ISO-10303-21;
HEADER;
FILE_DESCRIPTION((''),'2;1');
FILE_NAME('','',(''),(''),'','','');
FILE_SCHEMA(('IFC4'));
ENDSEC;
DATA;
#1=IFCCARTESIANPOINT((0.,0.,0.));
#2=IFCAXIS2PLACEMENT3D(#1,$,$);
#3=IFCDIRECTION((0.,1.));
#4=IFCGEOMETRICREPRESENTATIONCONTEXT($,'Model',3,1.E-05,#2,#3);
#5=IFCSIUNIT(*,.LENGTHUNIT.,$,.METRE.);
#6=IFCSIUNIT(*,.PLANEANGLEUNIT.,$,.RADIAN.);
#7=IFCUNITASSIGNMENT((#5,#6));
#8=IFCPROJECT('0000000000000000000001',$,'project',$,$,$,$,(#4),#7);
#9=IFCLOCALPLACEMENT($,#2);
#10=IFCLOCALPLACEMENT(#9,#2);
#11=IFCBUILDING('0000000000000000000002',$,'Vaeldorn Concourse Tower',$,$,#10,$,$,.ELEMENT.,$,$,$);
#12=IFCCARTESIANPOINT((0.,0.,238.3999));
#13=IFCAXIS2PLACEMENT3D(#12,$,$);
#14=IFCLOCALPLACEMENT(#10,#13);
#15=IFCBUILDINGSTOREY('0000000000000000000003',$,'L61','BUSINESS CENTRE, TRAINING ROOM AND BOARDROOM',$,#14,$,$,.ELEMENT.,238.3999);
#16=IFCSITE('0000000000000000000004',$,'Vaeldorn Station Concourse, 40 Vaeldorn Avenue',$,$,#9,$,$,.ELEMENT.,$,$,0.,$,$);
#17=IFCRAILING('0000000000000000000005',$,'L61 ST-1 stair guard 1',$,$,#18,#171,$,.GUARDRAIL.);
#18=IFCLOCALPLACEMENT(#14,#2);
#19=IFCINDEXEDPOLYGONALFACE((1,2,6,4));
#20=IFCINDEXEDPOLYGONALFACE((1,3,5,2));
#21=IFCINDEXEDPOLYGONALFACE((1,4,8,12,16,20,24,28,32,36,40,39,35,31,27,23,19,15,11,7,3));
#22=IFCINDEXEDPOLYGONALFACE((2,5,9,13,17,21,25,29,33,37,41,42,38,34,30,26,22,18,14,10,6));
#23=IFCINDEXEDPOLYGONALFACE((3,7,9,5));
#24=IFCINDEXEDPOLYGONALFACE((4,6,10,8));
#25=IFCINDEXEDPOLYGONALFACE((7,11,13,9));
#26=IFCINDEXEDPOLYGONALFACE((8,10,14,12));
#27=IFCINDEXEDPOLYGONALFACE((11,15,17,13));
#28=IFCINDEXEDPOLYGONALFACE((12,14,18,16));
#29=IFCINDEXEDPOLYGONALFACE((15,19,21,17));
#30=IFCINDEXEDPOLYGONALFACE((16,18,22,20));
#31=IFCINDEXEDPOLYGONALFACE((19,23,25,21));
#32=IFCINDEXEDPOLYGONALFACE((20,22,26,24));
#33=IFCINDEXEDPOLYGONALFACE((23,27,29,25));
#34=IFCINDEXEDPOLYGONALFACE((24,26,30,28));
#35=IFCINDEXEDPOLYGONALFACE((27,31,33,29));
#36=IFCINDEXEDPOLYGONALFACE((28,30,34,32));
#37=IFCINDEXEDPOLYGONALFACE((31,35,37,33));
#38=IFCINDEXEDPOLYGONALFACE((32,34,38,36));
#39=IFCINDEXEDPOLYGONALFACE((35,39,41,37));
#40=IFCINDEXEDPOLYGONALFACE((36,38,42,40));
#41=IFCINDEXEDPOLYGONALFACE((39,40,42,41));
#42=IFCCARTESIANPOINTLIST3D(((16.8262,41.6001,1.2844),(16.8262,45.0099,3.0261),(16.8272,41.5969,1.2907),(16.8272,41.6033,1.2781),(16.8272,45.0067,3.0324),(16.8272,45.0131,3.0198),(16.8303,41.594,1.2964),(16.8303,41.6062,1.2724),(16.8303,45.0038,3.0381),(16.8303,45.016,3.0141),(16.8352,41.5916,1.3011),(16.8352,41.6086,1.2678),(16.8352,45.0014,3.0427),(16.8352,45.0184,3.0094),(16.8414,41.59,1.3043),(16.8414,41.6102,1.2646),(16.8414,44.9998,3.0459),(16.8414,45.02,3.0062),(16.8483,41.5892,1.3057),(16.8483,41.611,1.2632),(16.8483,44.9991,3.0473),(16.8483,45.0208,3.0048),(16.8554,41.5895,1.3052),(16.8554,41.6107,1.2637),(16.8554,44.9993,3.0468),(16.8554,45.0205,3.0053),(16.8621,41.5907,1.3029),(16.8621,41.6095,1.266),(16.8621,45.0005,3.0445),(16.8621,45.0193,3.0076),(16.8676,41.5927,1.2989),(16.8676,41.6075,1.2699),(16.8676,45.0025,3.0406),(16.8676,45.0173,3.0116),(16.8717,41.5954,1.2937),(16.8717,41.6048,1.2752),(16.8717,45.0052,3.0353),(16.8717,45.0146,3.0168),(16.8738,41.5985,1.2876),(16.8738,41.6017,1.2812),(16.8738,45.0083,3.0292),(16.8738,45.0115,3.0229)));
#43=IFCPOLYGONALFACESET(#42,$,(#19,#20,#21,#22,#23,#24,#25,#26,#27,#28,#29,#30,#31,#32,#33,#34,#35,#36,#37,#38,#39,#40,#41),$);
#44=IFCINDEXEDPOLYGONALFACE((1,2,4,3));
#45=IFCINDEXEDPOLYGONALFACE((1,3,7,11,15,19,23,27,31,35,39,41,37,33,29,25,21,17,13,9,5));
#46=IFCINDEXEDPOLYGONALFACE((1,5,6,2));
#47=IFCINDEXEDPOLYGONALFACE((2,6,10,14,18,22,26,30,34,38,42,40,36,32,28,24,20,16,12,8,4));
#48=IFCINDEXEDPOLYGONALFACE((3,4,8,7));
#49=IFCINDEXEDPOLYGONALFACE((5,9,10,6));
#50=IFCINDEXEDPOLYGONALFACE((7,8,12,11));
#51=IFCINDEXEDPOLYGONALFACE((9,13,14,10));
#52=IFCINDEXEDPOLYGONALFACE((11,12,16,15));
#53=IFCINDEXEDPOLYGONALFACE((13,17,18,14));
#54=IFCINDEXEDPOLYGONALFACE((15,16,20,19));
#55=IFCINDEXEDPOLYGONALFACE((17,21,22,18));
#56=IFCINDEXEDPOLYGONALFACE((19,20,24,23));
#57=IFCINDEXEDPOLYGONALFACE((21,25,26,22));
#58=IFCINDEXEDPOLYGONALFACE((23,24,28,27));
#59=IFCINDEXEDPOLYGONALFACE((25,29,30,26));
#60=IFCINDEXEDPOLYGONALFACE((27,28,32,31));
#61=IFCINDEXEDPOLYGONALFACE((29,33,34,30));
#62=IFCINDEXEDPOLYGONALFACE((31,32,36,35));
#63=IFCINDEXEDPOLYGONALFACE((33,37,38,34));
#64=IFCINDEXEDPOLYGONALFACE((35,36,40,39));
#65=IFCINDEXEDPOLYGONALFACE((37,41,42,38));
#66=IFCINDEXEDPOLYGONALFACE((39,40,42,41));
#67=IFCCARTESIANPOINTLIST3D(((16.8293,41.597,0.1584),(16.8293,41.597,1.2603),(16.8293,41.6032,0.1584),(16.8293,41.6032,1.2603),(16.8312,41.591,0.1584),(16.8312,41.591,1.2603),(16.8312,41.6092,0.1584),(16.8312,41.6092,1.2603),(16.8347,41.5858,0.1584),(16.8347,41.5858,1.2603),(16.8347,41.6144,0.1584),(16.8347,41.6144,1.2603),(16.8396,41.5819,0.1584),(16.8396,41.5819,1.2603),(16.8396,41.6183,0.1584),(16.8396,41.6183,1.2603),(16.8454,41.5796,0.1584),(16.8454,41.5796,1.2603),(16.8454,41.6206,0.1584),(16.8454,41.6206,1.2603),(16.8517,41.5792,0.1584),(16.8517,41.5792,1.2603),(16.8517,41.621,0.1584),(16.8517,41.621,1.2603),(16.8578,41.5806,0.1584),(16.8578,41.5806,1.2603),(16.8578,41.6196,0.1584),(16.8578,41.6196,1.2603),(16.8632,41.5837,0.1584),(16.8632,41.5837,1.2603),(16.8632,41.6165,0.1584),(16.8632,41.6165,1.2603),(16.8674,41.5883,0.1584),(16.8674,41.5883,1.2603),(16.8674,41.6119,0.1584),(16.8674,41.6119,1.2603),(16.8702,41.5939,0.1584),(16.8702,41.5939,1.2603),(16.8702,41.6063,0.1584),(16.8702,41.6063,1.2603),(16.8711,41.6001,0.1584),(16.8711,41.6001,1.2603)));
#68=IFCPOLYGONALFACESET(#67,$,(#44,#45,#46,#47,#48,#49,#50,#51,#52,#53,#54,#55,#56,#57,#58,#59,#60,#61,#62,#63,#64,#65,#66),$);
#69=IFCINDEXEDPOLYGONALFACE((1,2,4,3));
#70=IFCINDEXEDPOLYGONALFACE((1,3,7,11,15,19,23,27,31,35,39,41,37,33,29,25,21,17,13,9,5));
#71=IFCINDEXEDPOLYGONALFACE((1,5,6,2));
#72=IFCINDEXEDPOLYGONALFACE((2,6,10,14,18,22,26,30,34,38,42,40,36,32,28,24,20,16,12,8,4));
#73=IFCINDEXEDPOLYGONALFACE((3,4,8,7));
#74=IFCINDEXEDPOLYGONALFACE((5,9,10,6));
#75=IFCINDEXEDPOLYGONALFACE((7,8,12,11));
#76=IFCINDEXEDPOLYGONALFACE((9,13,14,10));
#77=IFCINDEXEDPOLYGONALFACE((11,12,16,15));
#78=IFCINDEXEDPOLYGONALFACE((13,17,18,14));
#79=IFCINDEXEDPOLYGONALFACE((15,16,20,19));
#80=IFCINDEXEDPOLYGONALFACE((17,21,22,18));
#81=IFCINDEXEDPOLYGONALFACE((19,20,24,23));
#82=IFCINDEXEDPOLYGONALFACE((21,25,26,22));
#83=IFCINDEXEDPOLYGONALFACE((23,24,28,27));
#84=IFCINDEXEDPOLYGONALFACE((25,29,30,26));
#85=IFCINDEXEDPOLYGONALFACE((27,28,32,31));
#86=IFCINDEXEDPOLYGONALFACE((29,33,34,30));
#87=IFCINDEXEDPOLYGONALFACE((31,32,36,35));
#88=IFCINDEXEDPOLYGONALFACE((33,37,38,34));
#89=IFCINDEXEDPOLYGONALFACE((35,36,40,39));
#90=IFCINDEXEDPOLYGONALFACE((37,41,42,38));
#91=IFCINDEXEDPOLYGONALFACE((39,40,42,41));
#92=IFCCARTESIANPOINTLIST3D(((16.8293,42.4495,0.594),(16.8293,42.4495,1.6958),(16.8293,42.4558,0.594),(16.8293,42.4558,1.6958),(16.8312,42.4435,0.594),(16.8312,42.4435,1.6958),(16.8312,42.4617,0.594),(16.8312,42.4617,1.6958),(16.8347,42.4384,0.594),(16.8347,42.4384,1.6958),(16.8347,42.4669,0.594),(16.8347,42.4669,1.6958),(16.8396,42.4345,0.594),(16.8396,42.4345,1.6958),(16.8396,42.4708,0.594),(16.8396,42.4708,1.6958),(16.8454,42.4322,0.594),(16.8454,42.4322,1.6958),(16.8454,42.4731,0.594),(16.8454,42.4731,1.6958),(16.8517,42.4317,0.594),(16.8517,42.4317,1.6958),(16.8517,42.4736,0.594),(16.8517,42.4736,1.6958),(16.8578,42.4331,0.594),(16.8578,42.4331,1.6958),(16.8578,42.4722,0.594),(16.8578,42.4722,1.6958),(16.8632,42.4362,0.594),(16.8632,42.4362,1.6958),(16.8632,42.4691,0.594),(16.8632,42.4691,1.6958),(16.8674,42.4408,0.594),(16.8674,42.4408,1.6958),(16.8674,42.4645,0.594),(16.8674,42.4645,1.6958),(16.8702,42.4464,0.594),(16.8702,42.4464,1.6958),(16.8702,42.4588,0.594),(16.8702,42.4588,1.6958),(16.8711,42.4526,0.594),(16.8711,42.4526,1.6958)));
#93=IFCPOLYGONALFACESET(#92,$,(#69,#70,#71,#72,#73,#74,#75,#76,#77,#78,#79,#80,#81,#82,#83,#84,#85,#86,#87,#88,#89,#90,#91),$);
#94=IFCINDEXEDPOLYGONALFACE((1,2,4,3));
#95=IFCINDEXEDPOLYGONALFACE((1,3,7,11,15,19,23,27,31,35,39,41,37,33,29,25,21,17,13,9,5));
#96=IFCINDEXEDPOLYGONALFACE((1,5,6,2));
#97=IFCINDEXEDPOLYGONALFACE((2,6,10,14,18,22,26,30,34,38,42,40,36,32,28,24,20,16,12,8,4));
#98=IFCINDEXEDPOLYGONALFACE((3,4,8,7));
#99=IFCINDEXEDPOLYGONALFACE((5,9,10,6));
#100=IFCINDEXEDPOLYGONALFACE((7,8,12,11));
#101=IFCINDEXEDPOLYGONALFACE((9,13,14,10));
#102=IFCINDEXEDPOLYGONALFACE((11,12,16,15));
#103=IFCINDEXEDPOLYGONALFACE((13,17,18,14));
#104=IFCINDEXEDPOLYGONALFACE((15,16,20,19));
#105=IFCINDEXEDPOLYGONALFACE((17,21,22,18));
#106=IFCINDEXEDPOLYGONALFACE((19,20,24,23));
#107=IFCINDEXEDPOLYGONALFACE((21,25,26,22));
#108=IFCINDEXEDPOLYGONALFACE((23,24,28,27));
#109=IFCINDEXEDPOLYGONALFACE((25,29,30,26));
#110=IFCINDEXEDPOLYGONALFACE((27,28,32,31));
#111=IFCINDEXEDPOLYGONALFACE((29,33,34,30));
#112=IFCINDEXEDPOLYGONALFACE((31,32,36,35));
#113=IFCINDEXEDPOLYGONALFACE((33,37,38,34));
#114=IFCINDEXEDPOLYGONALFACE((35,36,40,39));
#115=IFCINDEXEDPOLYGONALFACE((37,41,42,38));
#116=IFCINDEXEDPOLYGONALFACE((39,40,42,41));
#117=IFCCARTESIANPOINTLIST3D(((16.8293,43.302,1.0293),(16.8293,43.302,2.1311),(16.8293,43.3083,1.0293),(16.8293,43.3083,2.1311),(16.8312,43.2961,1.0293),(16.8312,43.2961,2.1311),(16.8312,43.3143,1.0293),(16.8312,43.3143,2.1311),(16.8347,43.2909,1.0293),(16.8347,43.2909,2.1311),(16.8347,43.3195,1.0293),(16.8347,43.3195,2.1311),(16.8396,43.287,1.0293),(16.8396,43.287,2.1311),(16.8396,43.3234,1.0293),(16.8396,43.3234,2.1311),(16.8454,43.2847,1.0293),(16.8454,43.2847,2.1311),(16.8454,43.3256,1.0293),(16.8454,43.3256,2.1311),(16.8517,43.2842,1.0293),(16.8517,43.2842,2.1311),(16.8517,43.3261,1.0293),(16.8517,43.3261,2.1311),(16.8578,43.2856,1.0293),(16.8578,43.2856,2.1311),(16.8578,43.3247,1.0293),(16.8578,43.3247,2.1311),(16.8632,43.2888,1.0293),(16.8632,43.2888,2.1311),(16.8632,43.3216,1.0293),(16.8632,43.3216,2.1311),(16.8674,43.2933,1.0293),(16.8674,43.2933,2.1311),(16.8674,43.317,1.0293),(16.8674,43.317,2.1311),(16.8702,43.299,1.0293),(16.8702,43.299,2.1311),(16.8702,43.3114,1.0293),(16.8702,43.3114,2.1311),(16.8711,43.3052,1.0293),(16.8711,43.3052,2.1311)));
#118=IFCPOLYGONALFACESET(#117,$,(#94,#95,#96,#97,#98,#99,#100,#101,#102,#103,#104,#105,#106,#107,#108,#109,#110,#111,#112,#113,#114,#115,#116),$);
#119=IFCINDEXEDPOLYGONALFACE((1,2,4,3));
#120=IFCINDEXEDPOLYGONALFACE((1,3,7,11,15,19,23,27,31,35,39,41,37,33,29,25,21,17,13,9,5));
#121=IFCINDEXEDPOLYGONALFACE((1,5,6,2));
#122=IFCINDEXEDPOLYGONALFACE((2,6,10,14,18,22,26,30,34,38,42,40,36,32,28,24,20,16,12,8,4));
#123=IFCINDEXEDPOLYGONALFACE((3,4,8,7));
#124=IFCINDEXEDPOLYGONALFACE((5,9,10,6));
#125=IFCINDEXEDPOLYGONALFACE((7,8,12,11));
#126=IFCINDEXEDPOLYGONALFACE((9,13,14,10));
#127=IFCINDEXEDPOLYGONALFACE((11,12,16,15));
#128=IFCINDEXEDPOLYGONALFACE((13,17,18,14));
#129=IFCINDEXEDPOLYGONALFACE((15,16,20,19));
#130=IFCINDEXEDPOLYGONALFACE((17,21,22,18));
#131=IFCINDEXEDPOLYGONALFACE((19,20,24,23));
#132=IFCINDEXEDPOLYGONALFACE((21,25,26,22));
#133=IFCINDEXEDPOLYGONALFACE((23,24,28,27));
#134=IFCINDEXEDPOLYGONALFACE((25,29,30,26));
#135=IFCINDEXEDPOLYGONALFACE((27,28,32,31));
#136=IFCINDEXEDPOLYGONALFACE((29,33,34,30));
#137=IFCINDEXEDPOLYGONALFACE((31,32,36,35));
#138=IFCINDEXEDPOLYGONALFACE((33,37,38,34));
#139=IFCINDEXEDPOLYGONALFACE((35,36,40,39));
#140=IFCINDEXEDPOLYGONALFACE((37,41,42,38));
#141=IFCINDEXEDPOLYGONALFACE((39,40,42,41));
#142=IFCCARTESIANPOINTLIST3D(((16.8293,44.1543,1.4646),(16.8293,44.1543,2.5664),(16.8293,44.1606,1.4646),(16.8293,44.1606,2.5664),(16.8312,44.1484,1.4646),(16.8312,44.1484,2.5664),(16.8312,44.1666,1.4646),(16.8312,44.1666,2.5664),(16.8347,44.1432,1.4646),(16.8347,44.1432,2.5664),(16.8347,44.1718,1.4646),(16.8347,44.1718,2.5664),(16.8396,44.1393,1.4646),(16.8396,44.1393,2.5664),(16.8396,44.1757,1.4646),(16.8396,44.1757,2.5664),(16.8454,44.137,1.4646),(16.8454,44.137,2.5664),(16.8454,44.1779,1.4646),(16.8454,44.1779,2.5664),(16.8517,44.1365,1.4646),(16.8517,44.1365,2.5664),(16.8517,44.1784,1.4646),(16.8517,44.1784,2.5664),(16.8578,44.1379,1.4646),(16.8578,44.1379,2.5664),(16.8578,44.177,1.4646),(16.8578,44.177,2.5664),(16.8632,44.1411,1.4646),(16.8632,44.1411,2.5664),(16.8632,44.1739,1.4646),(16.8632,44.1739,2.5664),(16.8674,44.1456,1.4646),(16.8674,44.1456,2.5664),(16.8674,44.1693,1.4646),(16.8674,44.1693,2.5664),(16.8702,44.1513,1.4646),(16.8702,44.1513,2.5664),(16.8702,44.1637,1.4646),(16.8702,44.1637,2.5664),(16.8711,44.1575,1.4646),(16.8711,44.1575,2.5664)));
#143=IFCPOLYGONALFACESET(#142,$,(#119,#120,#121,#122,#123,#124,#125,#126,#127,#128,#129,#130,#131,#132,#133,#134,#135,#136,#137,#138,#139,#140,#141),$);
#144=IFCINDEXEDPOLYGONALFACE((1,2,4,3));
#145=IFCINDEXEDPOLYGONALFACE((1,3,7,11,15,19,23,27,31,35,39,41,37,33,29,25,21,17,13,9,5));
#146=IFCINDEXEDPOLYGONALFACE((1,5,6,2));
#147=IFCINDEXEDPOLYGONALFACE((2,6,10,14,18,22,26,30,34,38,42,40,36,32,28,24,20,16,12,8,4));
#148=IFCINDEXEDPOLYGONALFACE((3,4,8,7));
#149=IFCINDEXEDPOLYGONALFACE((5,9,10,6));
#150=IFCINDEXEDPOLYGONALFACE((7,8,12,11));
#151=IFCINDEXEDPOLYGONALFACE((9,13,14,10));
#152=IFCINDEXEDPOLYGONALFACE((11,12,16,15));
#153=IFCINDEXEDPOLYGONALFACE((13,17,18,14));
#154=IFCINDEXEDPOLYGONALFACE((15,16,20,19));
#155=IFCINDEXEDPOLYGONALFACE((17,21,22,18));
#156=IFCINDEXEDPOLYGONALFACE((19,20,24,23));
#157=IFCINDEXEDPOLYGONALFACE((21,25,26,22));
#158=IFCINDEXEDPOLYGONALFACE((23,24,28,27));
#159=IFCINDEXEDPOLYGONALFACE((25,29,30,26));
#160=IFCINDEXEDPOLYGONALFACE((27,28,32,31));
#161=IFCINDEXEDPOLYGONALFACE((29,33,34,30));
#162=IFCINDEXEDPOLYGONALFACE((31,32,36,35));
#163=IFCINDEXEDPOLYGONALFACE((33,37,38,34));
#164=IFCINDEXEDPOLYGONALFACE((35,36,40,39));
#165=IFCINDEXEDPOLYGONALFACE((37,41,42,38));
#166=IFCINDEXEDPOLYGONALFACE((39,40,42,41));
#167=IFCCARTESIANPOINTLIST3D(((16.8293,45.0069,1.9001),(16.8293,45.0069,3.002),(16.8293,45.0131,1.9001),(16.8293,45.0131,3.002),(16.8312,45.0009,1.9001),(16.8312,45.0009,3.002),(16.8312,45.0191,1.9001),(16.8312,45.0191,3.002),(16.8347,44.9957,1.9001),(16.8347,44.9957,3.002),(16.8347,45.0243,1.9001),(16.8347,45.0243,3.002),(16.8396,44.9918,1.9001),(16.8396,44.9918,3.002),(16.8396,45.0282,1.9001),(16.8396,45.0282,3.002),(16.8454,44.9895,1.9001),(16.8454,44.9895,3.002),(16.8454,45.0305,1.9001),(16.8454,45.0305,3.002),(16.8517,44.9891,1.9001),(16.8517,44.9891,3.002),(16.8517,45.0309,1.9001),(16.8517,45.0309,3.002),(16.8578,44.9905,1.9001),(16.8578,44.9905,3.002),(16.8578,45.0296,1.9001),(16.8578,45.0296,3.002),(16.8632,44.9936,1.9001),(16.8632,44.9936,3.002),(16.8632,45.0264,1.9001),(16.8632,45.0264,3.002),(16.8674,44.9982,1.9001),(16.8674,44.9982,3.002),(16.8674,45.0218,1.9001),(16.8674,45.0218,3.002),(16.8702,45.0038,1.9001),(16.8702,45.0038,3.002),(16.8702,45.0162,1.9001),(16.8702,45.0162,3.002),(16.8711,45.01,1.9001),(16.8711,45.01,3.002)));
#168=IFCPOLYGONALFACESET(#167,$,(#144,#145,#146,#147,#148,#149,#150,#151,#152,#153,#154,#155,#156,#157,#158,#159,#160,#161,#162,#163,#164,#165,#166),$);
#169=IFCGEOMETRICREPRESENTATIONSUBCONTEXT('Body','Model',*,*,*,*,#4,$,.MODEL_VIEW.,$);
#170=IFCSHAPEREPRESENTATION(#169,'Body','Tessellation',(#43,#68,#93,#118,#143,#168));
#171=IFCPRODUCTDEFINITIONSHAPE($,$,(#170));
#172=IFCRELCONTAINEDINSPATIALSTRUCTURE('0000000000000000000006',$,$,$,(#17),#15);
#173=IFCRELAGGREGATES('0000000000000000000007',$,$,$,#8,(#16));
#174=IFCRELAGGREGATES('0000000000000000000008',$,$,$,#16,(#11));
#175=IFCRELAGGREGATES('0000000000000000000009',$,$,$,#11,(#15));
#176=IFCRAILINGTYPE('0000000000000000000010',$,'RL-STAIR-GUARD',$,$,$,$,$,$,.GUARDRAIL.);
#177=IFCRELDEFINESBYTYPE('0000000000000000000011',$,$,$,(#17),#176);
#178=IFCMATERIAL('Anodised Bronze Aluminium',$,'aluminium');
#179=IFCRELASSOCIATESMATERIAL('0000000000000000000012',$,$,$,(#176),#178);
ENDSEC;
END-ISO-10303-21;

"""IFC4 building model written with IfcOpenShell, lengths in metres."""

from ifc_helpers import new_model, si_unit, direction, frame, origin, origin_2d, place, context, subcontext, project, spatial, circle, extrude, material, type_object, element, save


model = new_model("IFC4")

# Units and contexts
model_context = context("Model", 3, precision=1e-05, world=origin(), true_north=direction((0.0, 1.0)))
body_context = subcontext(model_context, "Body", "Model", "MODEL_VIEW")
ifc_project = project(units=[si_unit("LENGTHUNIT", "METRE"), si_unit("PLANEANGLEUNIT", "RADIAN")], contexts=[model_context])

# Site, building, storey
site_placement = place(None, origin())
site = spatial("IfcSite", under=ifc_project, at=site_placement, Name="Vaeldorn Station Concourse, 40 Vaeldorn Avenue", CompositionType="ELEMENT", RefElevation=0.0)
building_placement = place(site_placement, origin())
building = spatial("IfcBuilding", under=site, at=building_placement, Name="Vaeldorn Concourse Tower", CompositionType="ELEMENT")
storey_placement = place(building_placement, frame((0.0, 0.0, 238.3999)))
storey = spatial("IfcBuildingStorey", under=building, at=storey_placement, Name="L61", Description="BUSINESS CENTRE, TRAINING ROOM AND BOARDROOM", CompositionType="ELEMENT", Elevation=238.3999)

# Shared definitions
ifc_material_1 = material(Name="Anodised Bronze Aluminium", Category="aluminium")

# Railing
railing_type_1 = type_object("IfcRailingType", Name="RL-STAIR-GUARD", PredefinedType="GUARDRAIL", material=ifc_material_1)
railing_1_placement = place(storey_placement, frame((16.8501, 41.6001, 0.1584)))
element("IfcRailing", 1, at=railing_1_placement, inside=storey, type_object=railing_type_1, Name="L61 ST-1 stair guard 1", PredefinedType="GUARDRAIL", context=body_context, shape_type="SweptSolid", body=[
    extrude(circle(Radius=0.0239, at=origin_2d()), frame((0.0, 0.0, 1.126), z_axis=(0.0, 0.890556, 0.454874), x_axis=(-1.0, 0.0, 0.0)), (0.0, 0.0, 1.0), 3.8289),
    extrude(circle(Radius=0.021, at=origin_2d()), origin(), (0.0, 0.0, 1.0), 1.1018),
    extrude(circle(Radius=0.021, at=origin_2d()), frame((0.0, 0.8525, 0.4355)), (0.0, 0.0, 1.0), 1.1018),
    extrude(circle(Radius=0.021, at=origin_2d()), frame((0.0, 1.7051, 0.8708)), (0.0, 0.0, 1.0), 1.1018),
    extrude(circle(Radius=0.021, at=origin_2d()), frame((0.0, 2.5574, 1.3062)), (0.0, 0.0, 1.0), 1.1018),
    extrude(circle(Radius=0.021, at=origin_2d()), frame((0.0, 3.4099, 1.7417)), (0.0, 0.0, 1.0), 1.1018),
])

save(model, "model.ifc")
